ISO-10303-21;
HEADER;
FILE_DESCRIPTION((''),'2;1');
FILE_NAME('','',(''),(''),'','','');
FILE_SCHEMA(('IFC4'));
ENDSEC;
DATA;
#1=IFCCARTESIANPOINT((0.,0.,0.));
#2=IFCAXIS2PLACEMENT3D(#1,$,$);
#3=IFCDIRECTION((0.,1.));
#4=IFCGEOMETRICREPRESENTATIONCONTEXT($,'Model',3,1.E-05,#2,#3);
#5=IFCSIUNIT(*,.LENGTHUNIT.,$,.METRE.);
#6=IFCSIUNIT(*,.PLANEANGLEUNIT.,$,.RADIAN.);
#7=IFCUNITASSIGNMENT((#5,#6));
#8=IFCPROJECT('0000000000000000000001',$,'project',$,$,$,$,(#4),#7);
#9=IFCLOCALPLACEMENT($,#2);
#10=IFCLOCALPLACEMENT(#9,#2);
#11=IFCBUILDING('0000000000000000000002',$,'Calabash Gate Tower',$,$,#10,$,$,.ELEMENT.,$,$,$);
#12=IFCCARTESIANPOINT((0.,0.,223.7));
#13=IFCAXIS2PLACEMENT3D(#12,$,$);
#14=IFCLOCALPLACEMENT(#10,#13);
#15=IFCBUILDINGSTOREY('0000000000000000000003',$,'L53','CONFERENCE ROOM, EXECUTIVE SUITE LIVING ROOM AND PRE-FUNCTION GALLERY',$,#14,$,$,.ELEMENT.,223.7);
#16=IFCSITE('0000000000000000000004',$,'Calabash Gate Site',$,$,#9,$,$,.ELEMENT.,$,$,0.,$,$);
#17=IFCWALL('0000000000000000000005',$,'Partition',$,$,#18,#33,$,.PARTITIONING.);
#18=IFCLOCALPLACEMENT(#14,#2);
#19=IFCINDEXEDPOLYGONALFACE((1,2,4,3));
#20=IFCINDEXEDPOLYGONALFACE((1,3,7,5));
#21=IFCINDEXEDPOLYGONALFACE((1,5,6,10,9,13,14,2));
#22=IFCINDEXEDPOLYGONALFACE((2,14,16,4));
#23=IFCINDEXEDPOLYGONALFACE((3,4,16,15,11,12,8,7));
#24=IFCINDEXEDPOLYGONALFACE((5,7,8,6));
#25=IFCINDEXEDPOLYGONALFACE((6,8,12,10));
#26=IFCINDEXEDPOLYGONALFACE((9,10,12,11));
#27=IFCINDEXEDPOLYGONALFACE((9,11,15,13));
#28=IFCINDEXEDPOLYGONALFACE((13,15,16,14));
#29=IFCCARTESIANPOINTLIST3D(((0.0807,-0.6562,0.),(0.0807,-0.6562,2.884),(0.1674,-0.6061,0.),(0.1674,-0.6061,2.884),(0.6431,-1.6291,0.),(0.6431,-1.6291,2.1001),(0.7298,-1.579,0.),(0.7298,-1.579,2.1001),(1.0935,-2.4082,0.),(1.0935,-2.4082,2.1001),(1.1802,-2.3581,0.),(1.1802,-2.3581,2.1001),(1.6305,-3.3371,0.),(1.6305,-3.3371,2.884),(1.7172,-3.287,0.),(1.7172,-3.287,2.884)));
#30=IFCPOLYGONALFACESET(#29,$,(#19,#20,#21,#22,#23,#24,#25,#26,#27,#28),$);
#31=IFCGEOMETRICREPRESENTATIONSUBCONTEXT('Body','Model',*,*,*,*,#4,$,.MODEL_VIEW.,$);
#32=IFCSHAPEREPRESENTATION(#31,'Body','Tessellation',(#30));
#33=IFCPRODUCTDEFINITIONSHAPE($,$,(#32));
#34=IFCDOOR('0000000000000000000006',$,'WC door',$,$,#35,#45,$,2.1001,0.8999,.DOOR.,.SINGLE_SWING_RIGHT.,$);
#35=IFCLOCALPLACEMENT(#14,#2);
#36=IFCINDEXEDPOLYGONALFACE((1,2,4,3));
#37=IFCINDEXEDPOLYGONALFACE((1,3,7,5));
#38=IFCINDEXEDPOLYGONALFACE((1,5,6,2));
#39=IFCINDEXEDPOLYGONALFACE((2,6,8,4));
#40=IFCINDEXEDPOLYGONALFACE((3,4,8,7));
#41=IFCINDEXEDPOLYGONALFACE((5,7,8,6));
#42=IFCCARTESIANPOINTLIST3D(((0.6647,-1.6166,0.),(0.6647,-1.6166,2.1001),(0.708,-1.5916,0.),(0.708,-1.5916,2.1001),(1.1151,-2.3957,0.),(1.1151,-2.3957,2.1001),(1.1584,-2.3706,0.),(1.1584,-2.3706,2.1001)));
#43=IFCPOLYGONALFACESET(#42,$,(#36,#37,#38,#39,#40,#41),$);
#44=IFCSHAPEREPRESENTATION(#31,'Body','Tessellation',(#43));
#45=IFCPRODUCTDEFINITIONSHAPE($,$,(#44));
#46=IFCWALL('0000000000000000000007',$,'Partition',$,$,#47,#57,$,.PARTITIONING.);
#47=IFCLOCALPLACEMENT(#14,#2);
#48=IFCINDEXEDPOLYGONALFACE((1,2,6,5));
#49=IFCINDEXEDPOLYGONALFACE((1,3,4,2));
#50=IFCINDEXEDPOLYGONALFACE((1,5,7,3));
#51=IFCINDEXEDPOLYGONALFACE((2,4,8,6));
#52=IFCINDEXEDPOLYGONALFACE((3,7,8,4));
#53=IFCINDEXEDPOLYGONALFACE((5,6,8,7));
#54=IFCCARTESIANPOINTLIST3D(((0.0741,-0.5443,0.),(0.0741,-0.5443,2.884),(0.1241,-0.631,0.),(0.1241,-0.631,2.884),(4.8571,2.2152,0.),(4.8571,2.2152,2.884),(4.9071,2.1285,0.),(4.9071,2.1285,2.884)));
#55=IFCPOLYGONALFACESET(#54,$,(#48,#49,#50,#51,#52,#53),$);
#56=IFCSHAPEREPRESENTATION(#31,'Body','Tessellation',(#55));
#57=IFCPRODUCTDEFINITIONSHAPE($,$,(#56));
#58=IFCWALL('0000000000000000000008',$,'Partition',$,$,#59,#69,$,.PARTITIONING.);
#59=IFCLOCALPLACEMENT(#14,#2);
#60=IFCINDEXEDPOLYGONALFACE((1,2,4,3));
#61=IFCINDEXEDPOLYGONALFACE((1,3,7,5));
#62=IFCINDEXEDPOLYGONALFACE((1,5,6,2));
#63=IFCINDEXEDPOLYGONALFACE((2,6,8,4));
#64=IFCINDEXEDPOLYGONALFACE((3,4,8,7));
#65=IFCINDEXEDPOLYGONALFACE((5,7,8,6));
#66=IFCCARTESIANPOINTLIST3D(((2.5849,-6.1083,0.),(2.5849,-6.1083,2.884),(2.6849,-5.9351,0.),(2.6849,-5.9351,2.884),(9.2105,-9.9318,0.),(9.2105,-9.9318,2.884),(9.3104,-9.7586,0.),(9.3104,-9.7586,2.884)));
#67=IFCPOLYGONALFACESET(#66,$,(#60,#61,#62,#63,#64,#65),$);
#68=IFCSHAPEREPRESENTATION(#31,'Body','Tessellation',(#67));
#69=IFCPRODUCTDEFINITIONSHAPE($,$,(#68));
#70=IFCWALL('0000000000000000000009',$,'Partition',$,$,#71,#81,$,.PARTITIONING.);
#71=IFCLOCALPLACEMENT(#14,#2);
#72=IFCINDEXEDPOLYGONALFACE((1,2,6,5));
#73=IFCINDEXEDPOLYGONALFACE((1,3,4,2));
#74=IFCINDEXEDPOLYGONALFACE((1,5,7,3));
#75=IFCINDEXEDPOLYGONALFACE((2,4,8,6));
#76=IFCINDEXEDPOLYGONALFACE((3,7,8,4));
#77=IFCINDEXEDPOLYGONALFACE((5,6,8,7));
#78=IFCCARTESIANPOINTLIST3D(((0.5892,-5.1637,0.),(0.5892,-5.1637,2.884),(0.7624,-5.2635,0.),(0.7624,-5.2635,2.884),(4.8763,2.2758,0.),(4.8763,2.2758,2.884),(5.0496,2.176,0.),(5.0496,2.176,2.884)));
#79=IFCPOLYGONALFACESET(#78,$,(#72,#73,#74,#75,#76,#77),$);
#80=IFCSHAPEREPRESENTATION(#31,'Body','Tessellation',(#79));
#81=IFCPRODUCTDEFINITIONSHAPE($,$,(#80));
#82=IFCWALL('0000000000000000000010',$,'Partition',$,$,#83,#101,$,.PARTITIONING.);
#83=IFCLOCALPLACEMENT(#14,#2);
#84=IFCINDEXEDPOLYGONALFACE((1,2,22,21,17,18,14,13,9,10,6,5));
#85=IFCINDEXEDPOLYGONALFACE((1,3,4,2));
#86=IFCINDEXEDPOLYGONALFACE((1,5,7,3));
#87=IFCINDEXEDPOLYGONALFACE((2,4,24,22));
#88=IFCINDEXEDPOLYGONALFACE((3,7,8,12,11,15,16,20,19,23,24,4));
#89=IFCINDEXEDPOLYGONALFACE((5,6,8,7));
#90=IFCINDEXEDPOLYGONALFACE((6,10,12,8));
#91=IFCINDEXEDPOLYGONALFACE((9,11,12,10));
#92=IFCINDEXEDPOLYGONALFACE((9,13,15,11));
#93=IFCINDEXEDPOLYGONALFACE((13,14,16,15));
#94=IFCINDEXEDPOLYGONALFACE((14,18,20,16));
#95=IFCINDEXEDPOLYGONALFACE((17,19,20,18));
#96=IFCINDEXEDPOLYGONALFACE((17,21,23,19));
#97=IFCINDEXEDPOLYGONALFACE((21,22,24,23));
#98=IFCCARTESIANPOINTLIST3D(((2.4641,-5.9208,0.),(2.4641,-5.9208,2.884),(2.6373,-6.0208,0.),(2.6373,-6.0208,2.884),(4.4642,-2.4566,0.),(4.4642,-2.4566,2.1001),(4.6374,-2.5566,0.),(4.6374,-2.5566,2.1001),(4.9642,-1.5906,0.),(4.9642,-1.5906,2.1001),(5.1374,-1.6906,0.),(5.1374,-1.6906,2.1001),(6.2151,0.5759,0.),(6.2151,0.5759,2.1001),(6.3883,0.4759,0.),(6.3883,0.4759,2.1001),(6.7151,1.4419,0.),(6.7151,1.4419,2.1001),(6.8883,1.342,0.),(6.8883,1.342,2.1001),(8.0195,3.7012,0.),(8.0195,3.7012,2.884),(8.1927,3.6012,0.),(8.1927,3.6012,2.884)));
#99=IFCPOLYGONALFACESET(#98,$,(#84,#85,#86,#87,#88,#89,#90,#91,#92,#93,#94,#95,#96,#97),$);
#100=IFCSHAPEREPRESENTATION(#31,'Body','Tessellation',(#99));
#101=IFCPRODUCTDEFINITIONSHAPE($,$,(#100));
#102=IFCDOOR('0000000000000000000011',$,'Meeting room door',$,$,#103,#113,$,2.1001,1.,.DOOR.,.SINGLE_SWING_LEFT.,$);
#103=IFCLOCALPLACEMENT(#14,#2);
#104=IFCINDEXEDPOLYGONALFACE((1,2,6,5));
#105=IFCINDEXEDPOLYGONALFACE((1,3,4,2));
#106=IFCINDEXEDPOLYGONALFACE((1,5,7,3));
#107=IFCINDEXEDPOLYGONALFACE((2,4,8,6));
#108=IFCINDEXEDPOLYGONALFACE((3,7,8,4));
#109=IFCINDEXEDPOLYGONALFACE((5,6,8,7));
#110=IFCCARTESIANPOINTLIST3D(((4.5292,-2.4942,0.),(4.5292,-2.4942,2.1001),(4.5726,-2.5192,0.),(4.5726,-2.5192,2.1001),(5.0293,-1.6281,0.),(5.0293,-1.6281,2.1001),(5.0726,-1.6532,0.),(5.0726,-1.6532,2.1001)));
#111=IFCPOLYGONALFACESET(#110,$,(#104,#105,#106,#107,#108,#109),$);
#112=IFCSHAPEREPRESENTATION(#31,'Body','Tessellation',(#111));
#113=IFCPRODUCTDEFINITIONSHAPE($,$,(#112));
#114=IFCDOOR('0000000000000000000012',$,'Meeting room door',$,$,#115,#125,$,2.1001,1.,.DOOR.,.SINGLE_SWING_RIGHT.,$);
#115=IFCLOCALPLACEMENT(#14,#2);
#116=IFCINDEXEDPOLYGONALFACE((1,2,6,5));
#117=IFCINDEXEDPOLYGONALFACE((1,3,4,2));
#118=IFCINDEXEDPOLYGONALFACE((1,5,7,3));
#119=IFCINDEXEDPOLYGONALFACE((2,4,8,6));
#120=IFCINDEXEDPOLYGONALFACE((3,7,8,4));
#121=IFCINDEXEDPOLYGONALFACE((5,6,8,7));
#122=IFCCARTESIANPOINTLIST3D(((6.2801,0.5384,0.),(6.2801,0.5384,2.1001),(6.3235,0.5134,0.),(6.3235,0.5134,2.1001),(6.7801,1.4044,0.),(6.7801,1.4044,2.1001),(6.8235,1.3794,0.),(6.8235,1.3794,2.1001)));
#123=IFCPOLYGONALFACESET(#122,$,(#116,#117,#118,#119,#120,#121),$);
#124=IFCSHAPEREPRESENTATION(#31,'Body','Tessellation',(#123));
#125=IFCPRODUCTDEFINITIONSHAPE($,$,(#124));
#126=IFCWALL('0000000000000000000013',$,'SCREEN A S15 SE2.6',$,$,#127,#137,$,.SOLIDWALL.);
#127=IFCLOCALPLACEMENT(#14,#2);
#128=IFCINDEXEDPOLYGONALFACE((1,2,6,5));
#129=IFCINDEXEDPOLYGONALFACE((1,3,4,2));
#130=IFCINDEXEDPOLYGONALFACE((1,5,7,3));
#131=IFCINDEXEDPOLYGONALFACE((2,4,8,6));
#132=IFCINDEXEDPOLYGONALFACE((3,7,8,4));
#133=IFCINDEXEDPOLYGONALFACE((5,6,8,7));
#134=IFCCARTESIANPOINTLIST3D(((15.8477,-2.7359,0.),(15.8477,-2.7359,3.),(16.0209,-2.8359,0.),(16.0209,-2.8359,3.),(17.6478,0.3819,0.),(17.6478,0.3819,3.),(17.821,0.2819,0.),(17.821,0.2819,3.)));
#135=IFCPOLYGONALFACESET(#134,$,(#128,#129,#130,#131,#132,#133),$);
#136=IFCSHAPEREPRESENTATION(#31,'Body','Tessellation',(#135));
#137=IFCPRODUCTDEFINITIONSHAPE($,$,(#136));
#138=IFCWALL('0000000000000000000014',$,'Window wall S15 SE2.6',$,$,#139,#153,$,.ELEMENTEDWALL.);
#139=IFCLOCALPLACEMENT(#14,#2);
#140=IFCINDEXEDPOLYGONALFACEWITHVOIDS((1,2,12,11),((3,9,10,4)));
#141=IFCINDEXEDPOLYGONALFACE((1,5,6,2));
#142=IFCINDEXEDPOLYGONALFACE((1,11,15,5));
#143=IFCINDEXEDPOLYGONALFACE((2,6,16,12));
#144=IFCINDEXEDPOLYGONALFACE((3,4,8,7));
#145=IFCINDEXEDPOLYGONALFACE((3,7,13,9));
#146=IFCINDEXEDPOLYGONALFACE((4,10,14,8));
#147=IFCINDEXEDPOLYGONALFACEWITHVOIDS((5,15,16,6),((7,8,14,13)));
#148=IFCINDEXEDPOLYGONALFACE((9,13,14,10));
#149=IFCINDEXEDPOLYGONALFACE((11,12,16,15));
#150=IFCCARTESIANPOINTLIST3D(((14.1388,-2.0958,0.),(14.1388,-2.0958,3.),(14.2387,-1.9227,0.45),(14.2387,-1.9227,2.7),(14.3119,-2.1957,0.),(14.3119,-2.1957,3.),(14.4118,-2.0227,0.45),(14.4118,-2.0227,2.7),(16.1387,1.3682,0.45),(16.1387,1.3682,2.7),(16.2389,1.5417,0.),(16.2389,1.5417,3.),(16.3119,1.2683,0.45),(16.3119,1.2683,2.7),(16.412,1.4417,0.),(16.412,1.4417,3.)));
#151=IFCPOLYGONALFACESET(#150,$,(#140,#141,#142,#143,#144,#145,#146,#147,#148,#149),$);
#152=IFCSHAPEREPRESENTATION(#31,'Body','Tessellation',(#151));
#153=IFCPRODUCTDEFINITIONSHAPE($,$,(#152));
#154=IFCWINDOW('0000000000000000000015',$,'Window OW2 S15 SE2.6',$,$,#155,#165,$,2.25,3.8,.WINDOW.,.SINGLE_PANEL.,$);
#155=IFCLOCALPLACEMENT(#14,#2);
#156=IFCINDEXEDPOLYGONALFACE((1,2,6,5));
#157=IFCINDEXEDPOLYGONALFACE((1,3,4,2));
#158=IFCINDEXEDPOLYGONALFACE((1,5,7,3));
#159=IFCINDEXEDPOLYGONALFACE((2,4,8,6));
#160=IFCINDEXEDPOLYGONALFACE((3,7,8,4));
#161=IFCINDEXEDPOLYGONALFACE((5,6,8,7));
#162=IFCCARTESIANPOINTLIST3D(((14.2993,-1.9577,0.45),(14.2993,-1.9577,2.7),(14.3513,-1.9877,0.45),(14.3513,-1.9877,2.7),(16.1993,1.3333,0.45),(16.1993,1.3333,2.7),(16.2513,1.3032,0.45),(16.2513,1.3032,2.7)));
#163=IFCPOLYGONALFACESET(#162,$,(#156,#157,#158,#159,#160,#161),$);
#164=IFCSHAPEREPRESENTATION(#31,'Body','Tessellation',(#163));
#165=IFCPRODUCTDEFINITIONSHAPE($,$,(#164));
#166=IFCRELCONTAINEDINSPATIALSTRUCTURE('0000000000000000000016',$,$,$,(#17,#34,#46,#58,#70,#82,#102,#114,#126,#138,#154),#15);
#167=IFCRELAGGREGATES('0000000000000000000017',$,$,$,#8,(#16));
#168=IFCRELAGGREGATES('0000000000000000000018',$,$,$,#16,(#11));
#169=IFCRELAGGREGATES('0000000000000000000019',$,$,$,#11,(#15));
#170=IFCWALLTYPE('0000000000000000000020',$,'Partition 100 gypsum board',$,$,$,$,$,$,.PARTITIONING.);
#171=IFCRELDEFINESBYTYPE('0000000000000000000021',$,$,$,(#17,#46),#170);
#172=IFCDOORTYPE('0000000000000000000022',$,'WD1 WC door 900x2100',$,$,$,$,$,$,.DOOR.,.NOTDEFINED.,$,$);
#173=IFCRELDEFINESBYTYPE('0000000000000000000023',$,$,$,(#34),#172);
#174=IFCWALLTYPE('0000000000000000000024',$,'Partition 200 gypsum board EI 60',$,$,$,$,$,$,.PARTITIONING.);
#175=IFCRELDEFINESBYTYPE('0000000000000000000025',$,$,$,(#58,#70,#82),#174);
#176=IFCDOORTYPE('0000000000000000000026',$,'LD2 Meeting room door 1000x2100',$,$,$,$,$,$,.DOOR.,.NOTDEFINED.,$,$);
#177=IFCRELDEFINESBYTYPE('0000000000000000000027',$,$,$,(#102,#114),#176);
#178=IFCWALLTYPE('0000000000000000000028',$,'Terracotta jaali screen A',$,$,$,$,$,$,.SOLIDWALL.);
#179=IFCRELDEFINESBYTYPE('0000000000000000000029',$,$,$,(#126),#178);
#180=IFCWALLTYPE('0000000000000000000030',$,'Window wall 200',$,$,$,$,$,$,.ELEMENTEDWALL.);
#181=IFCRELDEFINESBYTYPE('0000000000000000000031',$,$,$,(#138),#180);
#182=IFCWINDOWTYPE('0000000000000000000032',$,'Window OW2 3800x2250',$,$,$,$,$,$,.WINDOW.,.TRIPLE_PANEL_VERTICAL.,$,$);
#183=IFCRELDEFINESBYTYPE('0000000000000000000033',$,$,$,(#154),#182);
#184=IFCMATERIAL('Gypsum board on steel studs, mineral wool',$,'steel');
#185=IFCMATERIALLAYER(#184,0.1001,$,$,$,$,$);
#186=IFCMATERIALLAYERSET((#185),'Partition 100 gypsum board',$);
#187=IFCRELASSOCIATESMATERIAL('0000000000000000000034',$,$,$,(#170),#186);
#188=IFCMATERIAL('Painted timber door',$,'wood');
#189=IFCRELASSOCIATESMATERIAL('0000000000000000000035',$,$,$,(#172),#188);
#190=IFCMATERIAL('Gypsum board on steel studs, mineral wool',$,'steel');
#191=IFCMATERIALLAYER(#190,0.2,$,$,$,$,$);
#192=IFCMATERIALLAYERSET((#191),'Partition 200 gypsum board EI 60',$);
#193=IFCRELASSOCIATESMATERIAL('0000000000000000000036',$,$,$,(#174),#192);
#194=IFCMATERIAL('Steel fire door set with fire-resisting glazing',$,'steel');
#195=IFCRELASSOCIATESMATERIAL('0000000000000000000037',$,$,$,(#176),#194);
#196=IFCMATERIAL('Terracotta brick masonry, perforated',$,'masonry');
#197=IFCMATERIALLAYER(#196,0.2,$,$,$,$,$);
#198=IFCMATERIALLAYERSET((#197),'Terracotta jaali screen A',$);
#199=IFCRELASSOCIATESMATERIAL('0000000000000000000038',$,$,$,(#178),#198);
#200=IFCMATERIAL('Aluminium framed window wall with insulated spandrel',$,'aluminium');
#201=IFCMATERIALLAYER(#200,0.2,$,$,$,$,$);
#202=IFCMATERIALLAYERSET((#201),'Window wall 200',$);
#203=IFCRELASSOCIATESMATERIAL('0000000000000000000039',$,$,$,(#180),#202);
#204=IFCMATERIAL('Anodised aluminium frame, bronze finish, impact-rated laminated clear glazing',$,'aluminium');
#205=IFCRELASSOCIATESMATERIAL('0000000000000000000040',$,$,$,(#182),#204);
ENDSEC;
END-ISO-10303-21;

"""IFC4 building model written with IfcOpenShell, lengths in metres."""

from ifc_helpers import new_model, si_unit, direction, frame, frame_2d, origin, place, context, subcontext, project, spatial, rectangle, extrude, material, layer, layer_set, type_object, element, fill, save


model = new_model("IFC4")

# Units and contexts
model_context = context("Model", 3, precision=1e-05, world=origin(), true_north=direction((0.0, 1.0)))
body_context = subcontext(model_context, "Body", "Model", "MODEL_VIEW")
ifc_project = project(units=[si_unit("LENGTHUNIT", "METRE"), si_unit("PLANEANGLEUNIT", "RADIAN")], contexts=[model_context])

# Site, building, storey
site_placement = place(None, origin())
site = spatial("IfcSite", under=ifc_project, at=site_placement, Name="Calabash Gate Site", CompositionType="ELEMENT", RefElevation=0.0)
building_placement = place(site_placement, origin())
building = spatial("IfcBuilding", under=site, at=building_placement, Name="Calabash Gate Tower", CompositionType="ELEMENT")
storey_placement = place(building_placement, frame((0.0, 0.0, 223.7)))
storey = spatial("IfcBuildingStorey", under=building, at=storey_placement, Name="L53", Description="CONFERENCE ROOM, EXECUTIVE SUITE LIVING ROOM AND PRE-FUNCTION GALLERY", CompositionType="ELEMENT", Elevation=223.7)

# Wall, opening, door
ifc_material_1 = material(Name="Gypsum board on steel studs, mineral wool", Category="steel")
ifc_layer_1 = layer(ifc_material_1, 0.1001)
ifc_layer_set_1 = layer_set([ifc_layer_1], Name="Partition 100 gypsum board")
wall_type_1 = type_object("IfcWallType", Name="Partition 100 gypsum board", PredefinedType="PARTITIONING", material=ifc_layer_set_1)
wall_1_placement = place(storey_placement, frame((0.124, -0.6311, 0.0), z_axis=(0.0, 0.0, 1.0), x_axis=(0.50048, -0.865748, 0.0)))
wall_1 = element("IfcWall", 1, at=wall_1_placement, inside=storey, type_object=wall_type_1, Name="Partition", PredefinedType="PARTITIONING", context=body_context, shape_type="SweptSolid", body=[
    extrude(rectangle(XDim=3.0967, YDim=0.1001, at=frame_2d((1.5483, 0.0))), origin(), (0.0, 0.0, 1.0), 2.884),
])
opening_1_placement = place(wall_1_placement, frame((1.1238, 0.0, 0.0)))
opening_1 = element("IfcOpeningElement", 2, at=opening_1_placement, cuts=wall_1, PredefinedType="OPENING", context=body_context, shape_type="SweptSolid", body=[
    extrude(rectangle(XDim=0.8999, YDim=2.1001, at=frame_2d((0.45, 1.05))), frame((0.0, 0.0601, 0.0), z_axis=(0.0, -1.0, 0.0), x_axis=(1.0, 0.0, 0.0)), (0.0, 0.0, 1.0), 0.1201),
])
ifc_material_2 = material(Name="Painted timber door", Category="wood")
door_type_1 = type_object("IfcDoorType", Name="WD1 WC door 900x2100", OperationType="NOTDEFINED", PredefinedType="DOOR", material=ifc_material_2)
door_1_placement = place(opening_1_placement, origin())
door_1 = element("IfcDoor", 3, at=door_1_placement, inside=storey, type_object=door_type_1, Name="WC door", OperationType="SINGLE_SWING_RIGHT", OverallHeight=2.1001, OverallWidth=0.8999, PredefinedType="DOOR", context=body_context, shape_type="SweptSolid", body=[
    extrude(rectangle(XDim=0.8999, YDim=2.1001, at=frame_2d((0.45, 1.05))), frame((0.0, 0.0249, 0.0), z_axis=(0.0, -1.0, 0.0), x_axis=(1.0, 0.0, 0.0)), (0.0, 0.0, 1.0), 0.05),
])
fill(opening_1, door_1)

# Walls
wall_2_placement = place(storey_placement, frame((0.0991, -0.5876, 0.0), z_axis=(0.0, 0.0, 1.0), x_axis=(0.866176, 0.499739, 0.0)))
element("IfcWall", 4, at=wall_2_placement, inside=storey, type_object=wall_type_1, Name="Partition", PredefinedType="PARTITIONING", context=body_context, shape_type="SweptSolid", body=[
    extrude(rectangle(XDim=5.522, YDim=0.1001, at=frame_2d((2.761, 0.0))), origin(), (0.0, 0.0, 1.0), 2.884),
])
ifc_material_3 = material(Name="Gypsum board on steel studs, mineral wool", Category="steel")
ifc_layer_2 = layer(ifc_material_3, 0.2)
ifc_layer_set_2 = layer_set([ifc_layer_2], Name="Partition 200 gypsum board EI 60")
wall_type_2 = type_object("IfcWallType", Name="Partition 200 gypsum board EI 60", PredefinedType="PARTITIONING", material=ifc_layer_set_2)
wall_3_placement = place(storey_placement, frame((2.635, -6.0217, 0.0), z_axis=(0.0, 0.0, 1.0), x_axis=(0.866124, -0.499829, 0.0)))
element("IfcWall", 5, at=wall_3_placement, inside=storey, type_object=wall_type_2, Name="Partition", PredefinedType="PARTITIONING", context=body_context, shape_type="SweptSolid", body=[
    extrude(rectangle(XDim=7.6497, YDim=0.2, at=frame_2d((3.8247, 0.0))), origin(), (0.0, 0.0, 1.0), 2.884),
])
wall_4_placement = place(storey_placement, frame((0.6758, -5.2136, 0.0), z_axis=(0.0, 0.0, 1.0), x_axis=(0.499296, 0.866432, 0.0)))
element("IfcWall", 6, at=wall_4_placement, inside=storey, type_object=wall_type_2, Name="Partition", PredefinedType="PARTITIONING", context=body_context, shape_type="SweptSolid", body=[
    extrude(rectangle(XDim=8.5864, YDim=0.2, at=frame_2d((4.2932, 0.0))), origin(), (0.0, 0.0, 1.0), 2.884),
])

# Wall, openings, doors
wall_5_placement = place(storey_placement, frame((2.5508, -5.9707, 0.0), z_axis=(0.0, 0.0, 1.0), x_axis=(0.500008, 0.866021, 0.0)))
wall_5 = element("IfcWall", 7, at=wall_5_placement, inside=storey, type_object=wall_type_2, Name="Partition", PredefinedType="PARTITIONING", context=body_context, shape_type="SweptSolid", body=[
    extrude(rectangle(XDim=11.1106, YDim=0.2, at=frame_2d((5.5552, 0.0))), origin(), (0.0, 0.0, 1.0), 2.884),
])
opening_2_placement = place(wall_5_placement, frame((4.0, 0.0, 0.0)))
opening_2 = element("IfcOpeningElement", 8, at=opening_2_placement, cuts=wall_5, PredefinedType="OPENING", context=body_context, shape_type="SweptSolid", body=[
    extrude(rectangle(XDim=1.0, YDim=2.1001, at=frame_2d((0.5, 1.05))), frame((0.0, 0.1099, 0.0), z_axis=(0.0, -1.0, 0.0), x_axis=(1.0, 0.0, 0.0)), (0.0, 0.0, 1.0), 0.22),
])
opening_3_placement = place(wall_5_placement, frame((7.5017, 0.0, 0.0)))
opening_3 = element("IfcOpeningElement", 9, at=opening_3_placement, cuts=wall_5, PredefinedType="OPENING", context=body_context, shape_type="SweptSolid", body=[
    extrude(rectangle(XDim=1.0, YDim=2.1001, at=frame_2d((0.5, 1.05))), frame((0.0, 0.1099, 0.0), z_axis=(0.0, -1.0, 0.0), x_axis=(1.0, 0.0, 0.0)), (0.0, 0.0, 1.0), 0.22),
])
ifc_material_4 = material(Name="Steel fire door set with fire-resisting glazing", Category="steel")
door_type_2 = type_object("IfcDoorType", Name="LD2 Meeting room door 1000x2100", OperationType="NOTDEFINED", PredefinedType="DOOR", material=ifc_material_4)
door_2_placement = place(opening_2_placement, origin())
door_2 = element("IfcDoor", 10, at=door_2_placement, inside=storey, type_object=door_type_2, Name="Meeting room door", OperationType="SINGLE_SWING_LEFT", OverallHeight=2.1001, OverallWidth=1.0, PredefinedType="DOOR", context=body_context, shape_type="SweptSolid", body=[
    extrude(rectangle(XDim=1.0, YDim=2.1001, at=frame_2d((0.5, 1.05))), frame((0.0, 0.0249, 0.0), z_axis=(0.0, -1.0, 0.0), x_axis=(1.0, 0.0, 0.0)), (0.0, 0.0, 1.0), 0.05),
])
fill(opening_2, door_2)
door_3_placement = place(opening_3_placement, origin())
door_3 = element("IfcDoor", 11, at=door_3_placement, inside=storey, type_object=door_type_2, Name="Meeting room door", OperationType="SINGLE_SWING_RIGHT", OverallHeight=2.1001, OverallWidth=1.0, PredefinedType="DOOR", context=body_context, shape_type="SweptSolid", body=[
    extrude(rectangle(XDim=1.0, YDim=2.1001, at=frame_2d((0.5, 1.05))), frame((0.0, 0.0249, 0.0), z_axis=(0.0, -1.0, 0.0), x_axis=(1.0, 0.0, 0.0)), (0.0, 0.0, 1.0), 0.05),
])
fill(opening_3, door_3)

# Wall
ifc_material_5 = material(Name="Terracotta brick masonry, perforated", Category="masonry")
ifc_layer_3 = layer(ifc_material_5, 0.2)
ifc_layer_set_3 = layer_set([ifc_layer_3], Name="Terracotta jaali screen A")
wall_type_3 = type_object("IfcWallType", Name="Terracotta jaali screen A", PredefinedType="SOLIDWALL", material=ifc_layer_set_3)
wall_6_placement = place(storey_placement, frame((15.9343, -2.7859, 0.0), z_axis=(0.0, 0.0, 1.0), x_axis=(0.500012, 0.866018, 0.0)))
element("IfcWall", 12, at=wall_6_placement, inside=storey, type_object=wall_type_3, Name="SCREEN A S15 SE2.6", PredefinedType="SOLIDWALL", context=body_context, shape_type="SweptSolid", body=[
    extrude(rectangle(XDim=3.6001, YDim=0.2, at=frame_2d((1.8, 0.0))), origin(), (0.0, 0.0, 1.0), 3.0),
])

# Wall, opening, window
ifc_material_6 = material(Name="Aluminium framed window wall with insulated spandrel", Category="aluminium")
ifc_layer_4 = layer(ifc_material_6, 0.2)
ifc_layer_set_4 = layer_set([ifc_layer_4], Name="Window wall 200")
wall_type_4 = type_object("IfcWallType", Name="Window wall 200", PredefinedType="ELEMENTEDWALL", material=ifc_layer_set_4)
wall_7_placement = place(storey_placement, frame((14.2253, -2.1458, 0.0), z_axis=(0.0, 0.0, 1.0), x_axis=(0.500003, 0.866024, 0.0)))
wall_7 = element("IfcWall", 13, at=wall_7_placement, inside=storey, type_object=wall_type_4, Name="Window wall S15 SE2.6", PredefinedType="ELEMENTEDWALL", context=body_context, shape_type="SweptSolid", body=[
    extrude(rectangle(XDim=4.2002, YDim=0.2, at=frame_2d((2.1001, 0.0))), origin(), (0.0, 0.0, 1.0), 3.0),
])
opening_4_placement = place(wall_7_placement, frame((0.2, 0.0, 0.45)))
opening_4 = element("IfcOpeningElement", 14, at=opening_4_placement, cuts=wall_7, PredefinedType="OPENING", context=body_context, shape_type="SweptSolid", body=[
    extrude(rectangle(XDim=3.8, YDim=2.25, at=frame_2d((1.8999, 1.125))), frame((0.0, 0.1099, 0.0), z_axis=(0.0, -1.0, 0.0), x_axis=(1.0, 0.0, 0.0)), (0.0, 0.0, 1.0), 0.22),
])
ifc_material_7 = material(Name="Anodised aluminium frame, bronze finish, impact-rated laminated clear glazing", Category="aluminium")
window_type = type_object("IfcWindowType", Name="Window OW2 3800x2250", PartitioningType="TRIPLE_PANEL_VERTICAL", PredefinedType="WINDOW", material=ifc_material_7)
window_placement = place(opening_4_placement, origin())
window = element("IfcWindow", 15, at=window_placement, inside=storey, type_object=window_type, Name="Window OW2 S15 SE2.6", OverallHeight=2.25, OverallWidth=3.8, PartitioningType="SINGLE_PANEL", PredefinedType="WINDOW", context=body_context, shape_type="SweptSolid", body=[
    extrude(rectangle(XDim=3.8, YDim=2.25, at=frame_2d((1.8999, 1.125))), frame((0.0, 0.03, 0.0), z_axis=(0.0, -1.0, 0.0), x_axis=(1.0, 0.0, 0.0)), (0.0, 0.0, 1.0), 0.0601),
])
fill(opening_4, window)

save(model, "model.ifc")
